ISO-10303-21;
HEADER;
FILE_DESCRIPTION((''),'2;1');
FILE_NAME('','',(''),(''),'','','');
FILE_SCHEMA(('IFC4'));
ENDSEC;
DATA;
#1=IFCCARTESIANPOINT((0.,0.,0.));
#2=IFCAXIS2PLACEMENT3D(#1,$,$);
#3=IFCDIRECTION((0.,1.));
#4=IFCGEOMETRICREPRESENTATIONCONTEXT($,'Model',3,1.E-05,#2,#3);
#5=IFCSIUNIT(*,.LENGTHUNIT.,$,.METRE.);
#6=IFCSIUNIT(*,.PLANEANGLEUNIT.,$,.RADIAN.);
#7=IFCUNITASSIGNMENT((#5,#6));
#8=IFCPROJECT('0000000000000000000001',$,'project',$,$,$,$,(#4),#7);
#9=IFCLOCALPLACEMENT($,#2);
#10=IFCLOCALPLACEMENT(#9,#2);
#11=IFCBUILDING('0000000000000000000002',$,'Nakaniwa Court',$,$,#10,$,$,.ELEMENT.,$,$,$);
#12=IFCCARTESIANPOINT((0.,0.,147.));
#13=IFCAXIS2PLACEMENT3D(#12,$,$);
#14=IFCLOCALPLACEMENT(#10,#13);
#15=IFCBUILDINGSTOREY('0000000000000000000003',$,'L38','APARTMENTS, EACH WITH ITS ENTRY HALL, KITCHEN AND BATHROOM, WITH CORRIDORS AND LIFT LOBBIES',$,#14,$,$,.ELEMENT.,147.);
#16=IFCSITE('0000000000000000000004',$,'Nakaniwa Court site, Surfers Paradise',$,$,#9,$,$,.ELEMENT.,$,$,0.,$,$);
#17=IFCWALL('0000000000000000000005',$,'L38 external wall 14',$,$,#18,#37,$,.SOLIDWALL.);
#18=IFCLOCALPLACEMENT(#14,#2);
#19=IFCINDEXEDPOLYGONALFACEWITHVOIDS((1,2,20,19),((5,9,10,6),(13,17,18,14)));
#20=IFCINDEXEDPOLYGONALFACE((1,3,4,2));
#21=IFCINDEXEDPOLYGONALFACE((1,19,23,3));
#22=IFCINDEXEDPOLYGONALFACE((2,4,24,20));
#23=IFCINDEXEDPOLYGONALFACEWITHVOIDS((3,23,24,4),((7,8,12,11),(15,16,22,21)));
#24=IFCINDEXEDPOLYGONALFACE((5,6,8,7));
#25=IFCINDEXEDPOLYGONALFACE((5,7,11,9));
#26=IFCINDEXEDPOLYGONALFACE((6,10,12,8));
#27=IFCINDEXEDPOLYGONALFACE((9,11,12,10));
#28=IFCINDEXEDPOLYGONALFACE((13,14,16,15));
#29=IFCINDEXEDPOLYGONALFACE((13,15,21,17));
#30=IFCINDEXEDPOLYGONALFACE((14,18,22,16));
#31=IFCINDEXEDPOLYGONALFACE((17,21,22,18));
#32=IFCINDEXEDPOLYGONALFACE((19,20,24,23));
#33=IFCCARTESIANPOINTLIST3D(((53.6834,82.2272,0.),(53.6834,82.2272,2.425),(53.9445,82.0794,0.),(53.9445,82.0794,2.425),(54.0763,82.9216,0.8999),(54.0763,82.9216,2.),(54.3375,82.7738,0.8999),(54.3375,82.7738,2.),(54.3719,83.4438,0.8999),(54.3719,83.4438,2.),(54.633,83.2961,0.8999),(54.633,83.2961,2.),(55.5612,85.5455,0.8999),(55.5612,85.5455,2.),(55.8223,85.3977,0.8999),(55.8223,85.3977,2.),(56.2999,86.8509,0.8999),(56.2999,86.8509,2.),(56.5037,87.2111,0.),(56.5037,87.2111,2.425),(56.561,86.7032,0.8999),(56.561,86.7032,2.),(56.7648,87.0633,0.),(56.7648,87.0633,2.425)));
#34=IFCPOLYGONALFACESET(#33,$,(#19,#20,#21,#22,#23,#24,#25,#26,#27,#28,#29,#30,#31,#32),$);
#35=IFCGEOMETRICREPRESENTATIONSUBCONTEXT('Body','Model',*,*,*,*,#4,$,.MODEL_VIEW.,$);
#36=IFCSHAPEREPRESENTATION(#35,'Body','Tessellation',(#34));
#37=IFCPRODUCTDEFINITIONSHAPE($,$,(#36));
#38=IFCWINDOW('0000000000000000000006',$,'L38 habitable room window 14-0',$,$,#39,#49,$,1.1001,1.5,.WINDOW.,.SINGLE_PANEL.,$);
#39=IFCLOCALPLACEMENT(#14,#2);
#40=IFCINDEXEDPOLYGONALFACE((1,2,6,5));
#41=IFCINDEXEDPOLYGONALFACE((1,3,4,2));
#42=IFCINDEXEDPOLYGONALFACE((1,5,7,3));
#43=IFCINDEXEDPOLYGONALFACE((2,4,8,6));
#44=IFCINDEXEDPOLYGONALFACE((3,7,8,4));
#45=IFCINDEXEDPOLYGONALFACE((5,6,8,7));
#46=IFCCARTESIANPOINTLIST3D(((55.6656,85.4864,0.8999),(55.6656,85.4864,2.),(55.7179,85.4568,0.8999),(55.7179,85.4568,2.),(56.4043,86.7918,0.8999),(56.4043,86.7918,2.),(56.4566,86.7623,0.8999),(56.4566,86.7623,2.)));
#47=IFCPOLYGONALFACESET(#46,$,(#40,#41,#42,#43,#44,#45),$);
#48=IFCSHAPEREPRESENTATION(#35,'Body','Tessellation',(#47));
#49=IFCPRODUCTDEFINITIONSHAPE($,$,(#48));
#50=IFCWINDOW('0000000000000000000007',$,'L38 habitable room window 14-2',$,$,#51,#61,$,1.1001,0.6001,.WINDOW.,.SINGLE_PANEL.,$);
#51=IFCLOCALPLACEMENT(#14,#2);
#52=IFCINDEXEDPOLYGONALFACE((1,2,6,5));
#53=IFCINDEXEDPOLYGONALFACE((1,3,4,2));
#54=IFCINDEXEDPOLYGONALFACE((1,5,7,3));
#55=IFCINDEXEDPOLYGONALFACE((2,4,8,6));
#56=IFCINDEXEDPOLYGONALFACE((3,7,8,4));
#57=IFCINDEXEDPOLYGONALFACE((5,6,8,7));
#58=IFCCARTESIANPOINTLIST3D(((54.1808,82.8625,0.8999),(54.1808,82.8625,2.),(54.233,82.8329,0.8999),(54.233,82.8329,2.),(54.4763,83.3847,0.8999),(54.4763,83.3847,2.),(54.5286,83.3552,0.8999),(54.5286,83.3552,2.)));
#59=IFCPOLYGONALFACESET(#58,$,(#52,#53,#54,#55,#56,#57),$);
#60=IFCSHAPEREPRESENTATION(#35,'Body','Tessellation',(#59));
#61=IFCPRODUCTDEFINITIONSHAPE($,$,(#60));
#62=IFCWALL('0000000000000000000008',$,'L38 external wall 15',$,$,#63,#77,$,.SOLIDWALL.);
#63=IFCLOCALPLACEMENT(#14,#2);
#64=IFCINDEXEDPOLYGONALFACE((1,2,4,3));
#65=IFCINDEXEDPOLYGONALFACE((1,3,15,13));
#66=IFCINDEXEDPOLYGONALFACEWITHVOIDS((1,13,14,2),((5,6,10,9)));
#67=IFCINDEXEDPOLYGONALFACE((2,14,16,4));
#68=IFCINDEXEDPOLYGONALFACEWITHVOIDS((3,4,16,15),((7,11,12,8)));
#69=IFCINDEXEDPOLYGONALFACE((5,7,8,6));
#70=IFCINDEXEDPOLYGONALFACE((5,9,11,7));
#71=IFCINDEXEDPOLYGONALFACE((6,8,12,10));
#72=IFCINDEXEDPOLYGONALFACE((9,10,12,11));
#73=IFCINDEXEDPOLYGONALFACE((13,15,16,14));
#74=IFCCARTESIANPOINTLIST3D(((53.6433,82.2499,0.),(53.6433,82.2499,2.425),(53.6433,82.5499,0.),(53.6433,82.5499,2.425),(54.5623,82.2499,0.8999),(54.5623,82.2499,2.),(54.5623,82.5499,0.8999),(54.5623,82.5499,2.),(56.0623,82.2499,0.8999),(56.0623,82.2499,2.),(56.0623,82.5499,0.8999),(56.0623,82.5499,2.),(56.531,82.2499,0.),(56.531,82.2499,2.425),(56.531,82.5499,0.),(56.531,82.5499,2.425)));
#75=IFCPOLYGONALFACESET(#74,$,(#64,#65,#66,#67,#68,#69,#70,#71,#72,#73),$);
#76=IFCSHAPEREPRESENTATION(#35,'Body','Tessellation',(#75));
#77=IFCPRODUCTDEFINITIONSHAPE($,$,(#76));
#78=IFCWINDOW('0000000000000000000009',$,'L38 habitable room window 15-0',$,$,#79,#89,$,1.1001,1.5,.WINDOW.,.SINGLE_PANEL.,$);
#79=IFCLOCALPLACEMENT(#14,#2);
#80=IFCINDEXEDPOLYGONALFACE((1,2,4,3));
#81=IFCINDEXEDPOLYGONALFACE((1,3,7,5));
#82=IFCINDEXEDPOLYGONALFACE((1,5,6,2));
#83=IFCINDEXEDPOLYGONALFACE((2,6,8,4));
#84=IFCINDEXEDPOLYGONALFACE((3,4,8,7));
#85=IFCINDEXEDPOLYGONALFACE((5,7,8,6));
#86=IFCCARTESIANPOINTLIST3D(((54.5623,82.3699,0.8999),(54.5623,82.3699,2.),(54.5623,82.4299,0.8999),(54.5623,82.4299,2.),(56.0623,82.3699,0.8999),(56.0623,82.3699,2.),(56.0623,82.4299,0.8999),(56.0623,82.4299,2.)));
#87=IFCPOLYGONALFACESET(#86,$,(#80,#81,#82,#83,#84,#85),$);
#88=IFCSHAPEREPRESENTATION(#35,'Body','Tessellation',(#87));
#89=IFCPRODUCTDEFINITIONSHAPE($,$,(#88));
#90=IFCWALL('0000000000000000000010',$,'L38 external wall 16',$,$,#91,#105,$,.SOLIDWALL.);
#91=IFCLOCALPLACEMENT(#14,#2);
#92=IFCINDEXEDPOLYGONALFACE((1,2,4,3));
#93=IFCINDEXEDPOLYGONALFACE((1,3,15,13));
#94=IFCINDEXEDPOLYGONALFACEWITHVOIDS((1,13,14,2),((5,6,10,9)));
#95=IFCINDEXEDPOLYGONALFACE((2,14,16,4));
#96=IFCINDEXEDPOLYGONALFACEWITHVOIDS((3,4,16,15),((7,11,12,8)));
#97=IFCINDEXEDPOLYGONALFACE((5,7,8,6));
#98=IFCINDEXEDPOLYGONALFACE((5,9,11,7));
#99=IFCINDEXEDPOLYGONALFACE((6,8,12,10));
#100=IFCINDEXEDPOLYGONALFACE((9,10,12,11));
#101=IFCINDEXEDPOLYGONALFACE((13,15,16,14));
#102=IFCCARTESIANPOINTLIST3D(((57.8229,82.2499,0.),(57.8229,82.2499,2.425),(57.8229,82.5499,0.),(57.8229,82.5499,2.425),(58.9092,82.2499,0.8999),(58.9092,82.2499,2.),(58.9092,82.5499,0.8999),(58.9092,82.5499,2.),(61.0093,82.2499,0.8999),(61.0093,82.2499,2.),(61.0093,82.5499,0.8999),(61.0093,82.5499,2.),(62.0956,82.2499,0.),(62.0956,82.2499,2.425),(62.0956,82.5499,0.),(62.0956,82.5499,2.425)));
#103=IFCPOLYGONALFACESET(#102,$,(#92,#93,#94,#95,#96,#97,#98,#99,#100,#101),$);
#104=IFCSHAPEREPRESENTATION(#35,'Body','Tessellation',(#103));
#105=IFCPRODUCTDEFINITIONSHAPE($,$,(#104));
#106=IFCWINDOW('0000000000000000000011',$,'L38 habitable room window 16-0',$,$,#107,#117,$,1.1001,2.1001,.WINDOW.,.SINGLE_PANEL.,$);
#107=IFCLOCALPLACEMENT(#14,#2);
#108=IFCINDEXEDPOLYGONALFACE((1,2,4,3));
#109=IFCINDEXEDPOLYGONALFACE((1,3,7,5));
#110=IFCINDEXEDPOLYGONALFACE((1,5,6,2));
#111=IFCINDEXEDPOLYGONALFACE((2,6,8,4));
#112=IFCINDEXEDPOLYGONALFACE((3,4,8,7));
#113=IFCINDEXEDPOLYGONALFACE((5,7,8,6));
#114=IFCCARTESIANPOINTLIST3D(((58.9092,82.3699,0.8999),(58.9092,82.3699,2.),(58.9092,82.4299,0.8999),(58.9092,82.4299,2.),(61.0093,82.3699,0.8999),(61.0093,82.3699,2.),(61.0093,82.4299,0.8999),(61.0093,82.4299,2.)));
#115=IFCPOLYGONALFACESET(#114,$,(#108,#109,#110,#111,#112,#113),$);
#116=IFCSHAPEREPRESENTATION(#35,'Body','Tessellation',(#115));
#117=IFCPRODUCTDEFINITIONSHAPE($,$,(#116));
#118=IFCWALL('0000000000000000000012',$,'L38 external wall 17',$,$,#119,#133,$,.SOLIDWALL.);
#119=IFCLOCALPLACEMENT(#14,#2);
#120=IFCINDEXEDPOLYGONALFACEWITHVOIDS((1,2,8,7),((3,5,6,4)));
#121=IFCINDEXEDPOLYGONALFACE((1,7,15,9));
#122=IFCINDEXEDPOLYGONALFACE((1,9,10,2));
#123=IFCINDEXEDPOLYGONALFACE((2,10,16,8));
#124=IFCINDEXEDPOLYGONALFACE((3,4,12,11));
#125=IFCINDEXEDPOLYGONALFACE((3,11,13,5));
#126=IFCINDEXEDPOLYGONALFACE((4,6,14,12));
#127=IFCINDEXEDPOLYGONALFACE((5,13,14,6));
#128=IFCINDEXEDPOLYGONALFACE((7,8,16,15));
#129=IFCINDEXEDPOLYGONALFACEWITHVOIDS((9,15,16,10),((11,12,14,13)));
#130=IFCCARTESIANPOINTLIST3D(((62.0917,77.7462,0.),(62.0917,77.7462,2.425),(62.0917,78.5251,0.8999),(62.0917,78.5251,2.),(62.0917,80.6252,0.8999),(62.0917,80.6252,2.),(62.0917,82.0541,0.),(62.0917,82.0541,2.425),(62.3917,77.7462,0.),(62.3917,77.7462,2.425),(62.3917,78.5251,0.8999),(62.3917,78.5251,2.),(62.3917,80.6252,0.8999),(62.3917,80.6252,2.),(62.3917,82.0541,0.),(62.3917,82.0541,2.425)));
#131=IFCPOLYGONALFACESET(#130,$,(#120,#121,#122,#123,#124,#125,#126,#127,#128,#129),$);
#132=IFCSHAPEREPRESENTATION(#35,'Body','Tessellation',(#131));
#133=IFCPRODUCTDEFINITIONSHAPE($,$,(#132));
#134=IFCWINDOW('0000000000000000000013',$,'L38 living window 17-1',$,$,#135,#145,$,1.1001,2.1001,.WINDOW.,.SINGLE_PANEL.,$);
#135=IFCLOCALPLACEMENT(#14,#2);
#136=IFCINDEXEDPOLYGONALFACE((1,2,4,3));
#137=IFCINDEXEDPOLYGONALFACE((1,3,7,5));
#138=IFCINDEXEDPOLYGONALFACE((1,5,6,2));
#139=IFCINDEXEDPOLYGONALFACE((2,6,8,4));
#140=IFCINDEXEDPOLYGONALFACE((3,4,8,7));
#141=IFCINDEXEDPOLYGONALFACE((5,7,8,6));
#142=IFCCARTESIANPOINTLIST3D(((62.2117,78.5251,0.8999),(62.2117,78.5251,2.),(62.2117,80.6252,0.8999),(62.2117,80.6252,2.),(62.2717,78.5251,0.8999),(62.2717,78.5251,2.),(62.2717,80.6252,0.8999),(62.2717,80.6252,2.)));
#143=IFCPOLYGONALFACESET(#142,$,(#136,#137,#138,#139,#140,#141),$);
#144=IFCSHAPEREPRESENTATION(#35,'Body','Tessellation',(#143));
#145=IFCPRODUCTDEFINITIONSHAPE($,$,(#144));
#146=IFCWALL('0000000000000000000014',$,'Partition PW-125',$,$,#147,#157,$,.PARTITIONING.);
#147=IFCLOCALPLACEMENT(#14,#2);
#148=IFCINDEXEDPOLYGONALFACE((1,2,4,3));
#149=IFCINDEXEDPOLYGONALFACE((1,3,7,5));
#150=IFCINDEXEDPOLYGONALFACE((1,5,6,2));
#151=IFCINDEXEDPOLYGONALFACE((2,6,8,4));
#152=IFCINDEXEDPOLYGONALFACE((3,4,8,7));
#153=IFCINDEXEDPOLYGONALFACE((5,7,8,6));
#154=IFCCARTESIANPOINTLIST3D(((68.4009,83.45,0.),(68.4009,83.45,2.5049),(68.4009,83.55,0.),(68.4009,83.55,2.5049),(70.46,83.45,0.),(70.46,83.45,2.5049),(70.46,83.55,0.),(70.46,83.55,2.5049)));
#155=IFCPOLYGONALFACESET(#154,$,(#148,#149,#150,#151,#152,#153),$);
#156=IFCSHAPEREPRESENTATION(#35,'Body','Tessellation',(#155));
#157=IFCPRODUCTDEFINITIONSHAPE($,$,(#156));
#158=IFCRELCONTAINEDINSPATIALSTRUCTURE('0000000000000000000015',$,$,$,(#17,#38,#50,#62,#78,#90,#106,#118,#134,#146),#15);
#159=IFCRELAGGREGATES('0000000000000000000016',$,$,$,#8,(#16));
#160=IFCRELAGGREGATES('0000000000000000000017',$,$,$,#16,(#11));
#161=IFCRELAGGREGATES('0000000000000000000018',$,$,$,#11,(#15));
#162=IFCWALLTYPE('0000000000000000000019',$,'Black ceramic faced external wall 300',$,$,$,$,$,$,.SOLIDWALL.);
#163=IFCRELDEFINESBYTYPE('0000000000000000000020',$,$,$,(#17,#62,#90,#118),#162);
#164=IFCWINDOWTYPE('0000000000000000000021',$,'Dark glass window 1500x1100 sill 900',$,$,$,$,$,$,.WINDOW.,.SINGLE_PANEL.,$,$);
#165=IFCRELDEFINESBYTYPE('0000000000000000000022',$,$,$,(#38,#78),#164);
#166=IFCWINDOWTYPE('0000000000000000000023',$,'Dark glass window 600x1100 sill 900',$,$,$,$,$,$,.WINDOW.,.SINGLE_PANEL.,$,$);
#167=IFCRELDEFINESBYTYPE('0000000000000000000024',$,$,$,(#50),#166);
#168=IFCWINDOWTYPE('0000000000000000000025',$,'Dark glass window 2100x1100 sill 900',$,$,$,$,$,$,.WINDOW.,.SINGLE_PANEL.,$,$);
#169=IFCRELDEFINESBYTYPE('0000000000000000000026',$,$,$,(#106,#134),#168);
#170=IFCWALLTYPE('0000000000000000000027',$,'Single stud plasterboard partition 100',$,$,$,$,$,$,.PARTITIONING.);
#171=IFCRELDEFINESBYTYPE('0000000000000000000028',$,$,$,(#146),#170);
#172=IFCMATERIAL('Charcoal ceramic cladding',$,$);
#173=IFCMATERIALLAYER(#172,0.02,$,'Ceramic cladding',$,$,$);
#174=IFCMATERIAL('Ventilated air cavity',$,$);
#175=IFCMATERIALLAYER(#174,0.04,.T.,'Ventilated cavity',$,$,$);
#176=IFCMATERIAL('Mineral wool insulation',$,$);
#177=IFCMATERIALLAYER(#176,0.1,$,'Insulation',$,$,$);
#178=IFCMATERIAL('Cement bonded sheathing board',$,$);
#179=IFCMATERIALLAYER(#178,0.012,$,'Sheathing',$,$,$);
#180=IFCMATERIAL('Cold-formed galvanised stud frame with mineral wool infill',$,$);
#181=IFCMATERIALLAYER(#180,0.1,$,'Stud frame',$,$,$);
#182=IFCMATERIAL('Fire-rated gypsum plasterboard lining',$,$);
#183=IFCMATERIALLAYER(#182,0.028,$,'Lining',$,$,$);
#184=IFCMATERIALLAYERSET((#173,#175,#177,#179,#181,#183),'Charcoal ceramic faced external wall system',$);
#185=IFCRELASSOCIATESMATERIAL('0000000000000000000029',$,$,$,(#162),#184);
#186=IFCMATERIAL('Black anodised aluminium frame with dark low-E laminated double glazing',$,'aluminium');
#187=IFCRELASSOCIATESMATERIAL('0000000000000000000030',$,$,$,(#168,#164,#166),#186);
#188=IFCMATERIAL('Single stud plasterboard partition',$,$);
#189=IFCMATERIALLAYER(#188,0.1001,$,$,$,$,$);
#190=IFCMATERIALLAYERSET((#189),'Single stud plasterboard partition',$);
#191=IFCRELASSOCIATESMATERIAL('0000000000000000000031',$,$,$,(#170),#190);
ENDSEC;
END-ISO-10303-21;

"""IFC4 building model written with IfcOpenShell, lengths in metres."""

from ifc_helpers import new_model, si_unit, direction, frame, frame_2d, origin, place, context, subcontext, project, spatial, rectangle, extrude, material, layer, layer_set, type_object, element, fill, save


model = new_model("IFC4")

# Units and contexts
model_context = context("Model", 3, precision=1e-05, world=origin(), true_north=direction((0.0, 1.0)))
body_context = subcontext(model_context, "Body", "Model", "MODEL_VIEW")
ifc_project = project(units=[si_unit("LENGTHUNIT", "METRE"), si_unit("PLANEANGLEUNIT", "RADIAN")], contexts=[model_context])

# Site, building, storey
site_placement = place(None, origin())
site = spatial("IfcSite", under=ifc_project, at=site_placement, Name="Nakaniwa Court site, Surfers Paradise", CompositionType="ELEMENT", RefElevation=0.0)
building_placement = place(site_placement, origin())
building = spatial("IfcBuilding", under=site, at=building_placement, Name="Nakaniwa Court", CompositionType="ELEMENT")
storey_placement = place(building_placement, frame((0.0, 0.0, 147.0)))
storey = spatial("IfcBuildingStorey", under=building, at=storey_placement, Name="L38", Description="APARTMENTS, EACH WITH ITS ENTRY HALL, KITCHEN AND BATHROOM, WITH CORRIDORS AND LIFT LOBBIES", CompositionType="ELEMENT", Elevation=147.0)

# Shared definitions
ifc_material_1 = material(Name="Charcoal ceramic cladding")
ifc_layer_1 = layer(ifc_material_1, 0.02, Name="Ceramic cladding")
ifc_material_2 = material(Name="Ventilated air cavity")
ifc_layer_2 = layer(ifc_material_2, 0.04, ventilated=True, Name="Ventilated cavity")
ifc_material_3 = material(Name="Mineral wool insulation")
ifc_layer_3 = layer(ifc_material_3, 0.1, Name="Insulation")
ifc_material_4 = material(Name="Cement bonded sheathing board")
ifc_layer_4 = layer(ifc_material_4, 0.012, Name="Sheathing")
ifc_material_5 = material(Name="Cold-formed galvanised stud frame with mineral wool infill")
ifc_layer_5 = layer(ifc_material_5, 0.1, Name="Stud frame")
ifc_material_6 = material(Name="Fire-rated gypsum plasterboard lining")
ifc_layer_6 = layer(ifc_material_6, 0.028, Name="Lining")
ifc_layer_set_1 = layer_set([ifc_layer_1, ifc_layer_2, ifc_layer_3, ifc_layer_4, ifc_layer_5, ifc_layer_6], Name="Charcoal ceramic faced external wall system")
wall_type_1 = type_object("IfcWallType", Name="Black ceramic faced external wall 300", PredefinedType="SOLIDWALL", material=ifc_layer_set_1)
ifc_material_7 = material(Name="Black anodised aluminium frame with dark low-E laminated double glazing", Category="aluminium")
window_type_1 = type_object("IfcWindowType", Name="Dark glass window 2100x1100 sill 900", PartitioningType="SINGLE_PANEL", PredefinedType="WINDOW", material=ifc_material_7)

# Wall, openings, windows
wall_1_placement = place(storey_placement, frame((56.6343, 87.1372, 0.0), z_axis=(0.0, 0.0, 1.0), x_axis=(-0.492498, -0.870313, 0.0)))
wall_1 = element("IfcWall", 1, at=wall_1_placement, inside=storey, type_object=wall_type_1, Name="L38 external wall 14", PredefinedType="SOLIDWALL", context=body_context, shape_type="SweptSolid", body=[
    extrude(rectangle(XDim=5.7266, YDim=0.3, at=frame_2d((2.8633, 0.0))), origin(), (0.0, 0.0, 1.0), 2.425),
])
opening_1_placement = place(wall_1_placement, frame((0.4138, 0.0, 0.8999)))
opening_1 = element("IfcOpeningElement", 2, at=opening_1_placement, cuts=wall_1, PredefinedType="OPENING", context=body_context, shape_type="SweptSolid", body=[
    extrude(rectangle(XDim=1.5, YDim=1.1001, at=frame_2d((0.75, 0.55))), frame((0.0, 0.1599, 0.0), z_axis=(0.0, -1.0, 0.0), x_axis=(1.0, 0.0, 0.0)), (0.0, 0.0, 1.0), 0.3201),
])
opening_2_placement = place(wall_1_placement, frame((4.3286, 0.0, 0.8999)))
opening_2 = element("IfcOpeningElement", 3, at=opening_2_placement, cuts=wall_1, PredefinedType="OPENING", context=body_context, shape_type="SweptSolid", body=[
    extrude(rectangle(XDim=0.6001, YDim=1.1001, at=frame_2d((0.3, 0.55))), frame((0.0, 0.1599, 0.0), z_axis=(0.0, -1.0, 0.0), x_axis=(1.0, 0.0, 0.0)), (0.0, 0.0, 1.0), 0.3201),
])
window_type_2 = type_object("IfcWindowType", Name="Dark glass window 1500x1100 sill 900", PartitioningType="SINGLE_PANEL", PredefinedType="WINDOW", material=ifc_material_7)
window_1_placement = place(opening_1_placement, origin())
window_1 = element("IfcWindow", 4, at=window_1_placement, inside=storey, type_object=window_type_2, Name="L38 habitable room window 14-0", OverallHeight=1.1001, OverallWidth=1.5, PartitioningType="SINGLE_PANEL", PredefinedType="WINDOW", context=body_context, shape_type="SweptSolid", body=[
    extrude(rectangle(XDim=1.5, YDim=1.1001, at=frame_2d((0.75, 0.55))), frame((0.0, 0.03, 0.0), z_axis=(0.0, -1.0, 0.0), x_axis=(1.0, 0.0, 0.0)), (0.0, 0.0, 1.0), 0.0601),
])
fill(opening_1, window_1)
window_type_3 = type_object("IfcWindowType", Name="Dark glass window 600x1100 sill 900", PartitioningType="SINGLE_PANEL", PredefinedType="WINDOW", material=ifc_material_7)
window_2_placement = place(opening_2_placement, origin())
window_2 = element("IfcWindow", 5, at=window_2_placement, inside=storey, type_object=window_type_3, Name="L38 habitable room window 14-2", OverallHeight=1.1001, OverallWidth=0.6001, PartitioningType="SINGLE_PANEL", PredefinedType="WINDOW", context=body_context, shape_type="SweptSolid", body=[
    extrude(rectangle(XDim=0.6001, YDim=1.1001, at=frame_2d((0.3, 0.55))), frame((0.0, 0.03, 0.0), z_axis=(0.0, -1.0, 0.0), x_axis=(1.0, 0.0, 0.0)), (0.0, 0.0, 1.0), 0.0601),
])
fill(opening_2, window_2)

# Walls, openings, windows
wall_2_placement = place(storey_placement, frame((53.6433, 82.3999, 0.0), z_axis=(0.0, 0.0, 1.0), x_axis=(1.0, 0.0, 0.0)))
wall_2 = element("IfcWall", 6, at=wall_2_placement, inside=storey, type_object=wall_type_1, Name="L38 external wall 15", PredefinedType="SOLIDWALL", context=body_context, shape_type="SweptSolid", body=[
    extrude(rectangle(XDim=2.8877, YDim=0.3, at=frame_2d((1.4438, 0.0))), origin(), (0.0, 0.0, 1.0), 2.425),
])
opening_3_placement = place(wall_2_placement, frame((0.9189, 0.0, 0.8999)))
opening_3 = element("IfcOpeningElement", 7, at=opening_3_placement, cuts=wall_2, PredefinedType="OPENING", context=body_context, shape_type="SweptSolid", body=[
    extrude(rectangle(XDim=1.5, YDim=1.1001, at=frame_2d((0.75, 0.55))), frame((0.0, 0.1599, 0.0), z_axis=(0.0, -1.0, 0.0), x_axis=(1.0, 0.0, 0.0)), (0.0, 0.0, 1.0), 0.3201),
])
window_3_placement = place(opening_3_placement, origin())
window_3 = element("IfcWindow", 8, at=window_3_placement, inside=storey, type_object=window_type_2, Name="L38 habitable room window 15-0", OverallHeight=1.1001, OverallWidth=1.5, PartitioningType="SINGLE_PANEL", PredefinedType="WINDOW", context=body_context, shape_type="SweptSolid", body=[
    extrude(rectangle(XDim=1.5, YDim=1.1001, at=frame_2d((0.75, 0.55))), frame((0.0, 0.03, 0.0), z_axis=(0.0, -1.0, 0.0), x_axis=(1.0, 0.0, 0.0)), (0.0, 0.0, 1.0), 0.0601),
])
fill(opening_3, window_3)
wall_3_placement = place(storey_placement, frame((57.823, 82.3999, 0.0), z_axis=(0.0, 0.0, 1.0), x_axis=(1.0, 0.0, 0.0)))
wall_3 = element("IfcWall", 9, at=wall_3_placement, inside=storey, type_object=wall_type_1, Name="L38 external wall 16", PredefinedType="SOLIDWALL", context=body_context, shape_type="SweptSolid", body=[
    extrude(rectangle(XDim=4.2727, YDim=0.3, at=frame_2d((2.1362, 0.0))), origin(), (0.0, 0.0, 1.0), 2.425),
])
opening_4_placement = place(wall_3_placement, frame((1.0862, 0.0, 0.8999)))
opening_4 = element("IfcOpeningElement", 10, at=opening_4_placement, cuts=wall_3, PredefinedType="OPENING", context=body_context, shape_type="SweptSolid", body=[
    extrude(rectangle(XDim=2.1001, YDim=1.1001, at=frame_2d((1.05, 0.55))), frame((0.0, 0.1599, 0.0), z_axis=(0.0, -1.0, 0.0), x_axis=(1.0, 0.0, 0.0)), (0.0, 0.0, 1.0), 0.3201),
])
window_4_placement = place(opening_4_placement, origin())
window_4 = element("IfcWindow", 11, at=window_4_placement, inside=storey, type_object=window_type_1, Name="L38 habitable room window 16-0", OverallHeight=1.1001, OverallWidth=2.1001, PartitioningType="SINGLE_PANEL", PredefinedType="WINDOW", context=body_context, shape_type="SweptSolid", body=[
    extrude(rectangle(XDim=2.1001, YDim=1.1001, at=frame_2d((1.05, 0.55))), frame((0.0, 0.03, 0.0), z_axis=(0.0, -1.0, 0.0), x_axis=(1.0, 0.0, 0.0)), (0.0, 0.0, 1.0), 0.0601),
])
fill(opening_4, window_4)
wall_4_placement = place(storey_placement, frame((62.2417, 82.054, 0.0), z_axis=(0.0, 0.0, 1.0), x_axis=(0.0, -1.0, 0.0)))
wall_4 = element("IfcWall", 12, at=wall_4_placement, inside=storey, type_object=wall_type_1, Name="L38 external wall 17", PredefinedType="SOLIDWALL", context=body_context, shape_type="SweptSolid", body=[
    extrude(rectangle(XDim=4.3079, YDim=0.3, at=frame_2d((2.1538, 0.0))), origin(), (0.0, 0.0, 1.0), 2.425),
])
opening_5_placement = place(wall_4_placement, frame((1.4287, 0.0, 0.8999)))
opening_5 = element("IfcOpeningElement", 13, at=opening_5_placement, cuts=wall_4, PredefinedType="OPENING", context=body_context, shape_type="SweptSolid", body=[
    extrude(rectangle(XDim=2.1001, YDim=1.1001, at=frame_2d((1.05, 0.55))), frame((0.0, 0.1599, 0.0), z_axis=(0.0, -1.0, 0.0), x_axis=(1.0, 0.0, 0.0)), (0.0, 0.0, 1.0), 0.3201),
])
window_5_placement = place(opening_5_placement, origin())
window_5 = element("IfcWindow", 14, at=window_5_placement, inside=storey, type_object=window_type_1, Name="L38 living window 17-1", OverallHeight=1.1001, OverallWidth=2.1001, PartitioningType="SINGLE_PANEL", PredefinedType="WINDOW", context=body_context, shape_type="SweptSolid", body=[
    extrude(rectangle(XDim=2.1001, YDim=1.1001, at=frame_2d((1.05, 0.55))), frame((0.0, 0.03, 0.0), z_axis=(0.0, -1.0, 0.0), x_axis=(1.0, 0.0, 0.0)), (0.0, 0.0, 1.0), 0.0601),
])
fill(opening_5, window_5)

# Wall
ifc_material_8 = material(Name="Single stud plasterboard partition")
ifc_layer_7 = layer(ifc_material_8, 0.1001)
ifc_layer_set_2 = layer_set([ifc_layer_7], Name="Single stud plasterboard partition")
wall_type_2 = type_object("IfcWallType", Name="Single stud plasterboard partition 100", PredefinedType="PARTITIONING", material=ifc_layer_set_2)
wall_5_placement = place(storey_placement, frame((68.4009, 83.5, 0.0), z_axis=(0.0, 0.0, 1.0), x_axis=(1.0, 0.0, 0.0)))
element("IfcWall", 15, at=wall_5_placement, inside=storey, type_object=wall_type_2, Name="Partition PW-125", PredefinedType="PARTITIONING", context=body_context, shape_type="SweptSolid", body=[
    extrude(rectangle(XDim=2.0591, YDim=0.1001, at=frame_2d((1.0295, 0.0))), origin(), (0.0, 0.0, 1.0), 2.5049),
])

save(model, "model.ifc")
